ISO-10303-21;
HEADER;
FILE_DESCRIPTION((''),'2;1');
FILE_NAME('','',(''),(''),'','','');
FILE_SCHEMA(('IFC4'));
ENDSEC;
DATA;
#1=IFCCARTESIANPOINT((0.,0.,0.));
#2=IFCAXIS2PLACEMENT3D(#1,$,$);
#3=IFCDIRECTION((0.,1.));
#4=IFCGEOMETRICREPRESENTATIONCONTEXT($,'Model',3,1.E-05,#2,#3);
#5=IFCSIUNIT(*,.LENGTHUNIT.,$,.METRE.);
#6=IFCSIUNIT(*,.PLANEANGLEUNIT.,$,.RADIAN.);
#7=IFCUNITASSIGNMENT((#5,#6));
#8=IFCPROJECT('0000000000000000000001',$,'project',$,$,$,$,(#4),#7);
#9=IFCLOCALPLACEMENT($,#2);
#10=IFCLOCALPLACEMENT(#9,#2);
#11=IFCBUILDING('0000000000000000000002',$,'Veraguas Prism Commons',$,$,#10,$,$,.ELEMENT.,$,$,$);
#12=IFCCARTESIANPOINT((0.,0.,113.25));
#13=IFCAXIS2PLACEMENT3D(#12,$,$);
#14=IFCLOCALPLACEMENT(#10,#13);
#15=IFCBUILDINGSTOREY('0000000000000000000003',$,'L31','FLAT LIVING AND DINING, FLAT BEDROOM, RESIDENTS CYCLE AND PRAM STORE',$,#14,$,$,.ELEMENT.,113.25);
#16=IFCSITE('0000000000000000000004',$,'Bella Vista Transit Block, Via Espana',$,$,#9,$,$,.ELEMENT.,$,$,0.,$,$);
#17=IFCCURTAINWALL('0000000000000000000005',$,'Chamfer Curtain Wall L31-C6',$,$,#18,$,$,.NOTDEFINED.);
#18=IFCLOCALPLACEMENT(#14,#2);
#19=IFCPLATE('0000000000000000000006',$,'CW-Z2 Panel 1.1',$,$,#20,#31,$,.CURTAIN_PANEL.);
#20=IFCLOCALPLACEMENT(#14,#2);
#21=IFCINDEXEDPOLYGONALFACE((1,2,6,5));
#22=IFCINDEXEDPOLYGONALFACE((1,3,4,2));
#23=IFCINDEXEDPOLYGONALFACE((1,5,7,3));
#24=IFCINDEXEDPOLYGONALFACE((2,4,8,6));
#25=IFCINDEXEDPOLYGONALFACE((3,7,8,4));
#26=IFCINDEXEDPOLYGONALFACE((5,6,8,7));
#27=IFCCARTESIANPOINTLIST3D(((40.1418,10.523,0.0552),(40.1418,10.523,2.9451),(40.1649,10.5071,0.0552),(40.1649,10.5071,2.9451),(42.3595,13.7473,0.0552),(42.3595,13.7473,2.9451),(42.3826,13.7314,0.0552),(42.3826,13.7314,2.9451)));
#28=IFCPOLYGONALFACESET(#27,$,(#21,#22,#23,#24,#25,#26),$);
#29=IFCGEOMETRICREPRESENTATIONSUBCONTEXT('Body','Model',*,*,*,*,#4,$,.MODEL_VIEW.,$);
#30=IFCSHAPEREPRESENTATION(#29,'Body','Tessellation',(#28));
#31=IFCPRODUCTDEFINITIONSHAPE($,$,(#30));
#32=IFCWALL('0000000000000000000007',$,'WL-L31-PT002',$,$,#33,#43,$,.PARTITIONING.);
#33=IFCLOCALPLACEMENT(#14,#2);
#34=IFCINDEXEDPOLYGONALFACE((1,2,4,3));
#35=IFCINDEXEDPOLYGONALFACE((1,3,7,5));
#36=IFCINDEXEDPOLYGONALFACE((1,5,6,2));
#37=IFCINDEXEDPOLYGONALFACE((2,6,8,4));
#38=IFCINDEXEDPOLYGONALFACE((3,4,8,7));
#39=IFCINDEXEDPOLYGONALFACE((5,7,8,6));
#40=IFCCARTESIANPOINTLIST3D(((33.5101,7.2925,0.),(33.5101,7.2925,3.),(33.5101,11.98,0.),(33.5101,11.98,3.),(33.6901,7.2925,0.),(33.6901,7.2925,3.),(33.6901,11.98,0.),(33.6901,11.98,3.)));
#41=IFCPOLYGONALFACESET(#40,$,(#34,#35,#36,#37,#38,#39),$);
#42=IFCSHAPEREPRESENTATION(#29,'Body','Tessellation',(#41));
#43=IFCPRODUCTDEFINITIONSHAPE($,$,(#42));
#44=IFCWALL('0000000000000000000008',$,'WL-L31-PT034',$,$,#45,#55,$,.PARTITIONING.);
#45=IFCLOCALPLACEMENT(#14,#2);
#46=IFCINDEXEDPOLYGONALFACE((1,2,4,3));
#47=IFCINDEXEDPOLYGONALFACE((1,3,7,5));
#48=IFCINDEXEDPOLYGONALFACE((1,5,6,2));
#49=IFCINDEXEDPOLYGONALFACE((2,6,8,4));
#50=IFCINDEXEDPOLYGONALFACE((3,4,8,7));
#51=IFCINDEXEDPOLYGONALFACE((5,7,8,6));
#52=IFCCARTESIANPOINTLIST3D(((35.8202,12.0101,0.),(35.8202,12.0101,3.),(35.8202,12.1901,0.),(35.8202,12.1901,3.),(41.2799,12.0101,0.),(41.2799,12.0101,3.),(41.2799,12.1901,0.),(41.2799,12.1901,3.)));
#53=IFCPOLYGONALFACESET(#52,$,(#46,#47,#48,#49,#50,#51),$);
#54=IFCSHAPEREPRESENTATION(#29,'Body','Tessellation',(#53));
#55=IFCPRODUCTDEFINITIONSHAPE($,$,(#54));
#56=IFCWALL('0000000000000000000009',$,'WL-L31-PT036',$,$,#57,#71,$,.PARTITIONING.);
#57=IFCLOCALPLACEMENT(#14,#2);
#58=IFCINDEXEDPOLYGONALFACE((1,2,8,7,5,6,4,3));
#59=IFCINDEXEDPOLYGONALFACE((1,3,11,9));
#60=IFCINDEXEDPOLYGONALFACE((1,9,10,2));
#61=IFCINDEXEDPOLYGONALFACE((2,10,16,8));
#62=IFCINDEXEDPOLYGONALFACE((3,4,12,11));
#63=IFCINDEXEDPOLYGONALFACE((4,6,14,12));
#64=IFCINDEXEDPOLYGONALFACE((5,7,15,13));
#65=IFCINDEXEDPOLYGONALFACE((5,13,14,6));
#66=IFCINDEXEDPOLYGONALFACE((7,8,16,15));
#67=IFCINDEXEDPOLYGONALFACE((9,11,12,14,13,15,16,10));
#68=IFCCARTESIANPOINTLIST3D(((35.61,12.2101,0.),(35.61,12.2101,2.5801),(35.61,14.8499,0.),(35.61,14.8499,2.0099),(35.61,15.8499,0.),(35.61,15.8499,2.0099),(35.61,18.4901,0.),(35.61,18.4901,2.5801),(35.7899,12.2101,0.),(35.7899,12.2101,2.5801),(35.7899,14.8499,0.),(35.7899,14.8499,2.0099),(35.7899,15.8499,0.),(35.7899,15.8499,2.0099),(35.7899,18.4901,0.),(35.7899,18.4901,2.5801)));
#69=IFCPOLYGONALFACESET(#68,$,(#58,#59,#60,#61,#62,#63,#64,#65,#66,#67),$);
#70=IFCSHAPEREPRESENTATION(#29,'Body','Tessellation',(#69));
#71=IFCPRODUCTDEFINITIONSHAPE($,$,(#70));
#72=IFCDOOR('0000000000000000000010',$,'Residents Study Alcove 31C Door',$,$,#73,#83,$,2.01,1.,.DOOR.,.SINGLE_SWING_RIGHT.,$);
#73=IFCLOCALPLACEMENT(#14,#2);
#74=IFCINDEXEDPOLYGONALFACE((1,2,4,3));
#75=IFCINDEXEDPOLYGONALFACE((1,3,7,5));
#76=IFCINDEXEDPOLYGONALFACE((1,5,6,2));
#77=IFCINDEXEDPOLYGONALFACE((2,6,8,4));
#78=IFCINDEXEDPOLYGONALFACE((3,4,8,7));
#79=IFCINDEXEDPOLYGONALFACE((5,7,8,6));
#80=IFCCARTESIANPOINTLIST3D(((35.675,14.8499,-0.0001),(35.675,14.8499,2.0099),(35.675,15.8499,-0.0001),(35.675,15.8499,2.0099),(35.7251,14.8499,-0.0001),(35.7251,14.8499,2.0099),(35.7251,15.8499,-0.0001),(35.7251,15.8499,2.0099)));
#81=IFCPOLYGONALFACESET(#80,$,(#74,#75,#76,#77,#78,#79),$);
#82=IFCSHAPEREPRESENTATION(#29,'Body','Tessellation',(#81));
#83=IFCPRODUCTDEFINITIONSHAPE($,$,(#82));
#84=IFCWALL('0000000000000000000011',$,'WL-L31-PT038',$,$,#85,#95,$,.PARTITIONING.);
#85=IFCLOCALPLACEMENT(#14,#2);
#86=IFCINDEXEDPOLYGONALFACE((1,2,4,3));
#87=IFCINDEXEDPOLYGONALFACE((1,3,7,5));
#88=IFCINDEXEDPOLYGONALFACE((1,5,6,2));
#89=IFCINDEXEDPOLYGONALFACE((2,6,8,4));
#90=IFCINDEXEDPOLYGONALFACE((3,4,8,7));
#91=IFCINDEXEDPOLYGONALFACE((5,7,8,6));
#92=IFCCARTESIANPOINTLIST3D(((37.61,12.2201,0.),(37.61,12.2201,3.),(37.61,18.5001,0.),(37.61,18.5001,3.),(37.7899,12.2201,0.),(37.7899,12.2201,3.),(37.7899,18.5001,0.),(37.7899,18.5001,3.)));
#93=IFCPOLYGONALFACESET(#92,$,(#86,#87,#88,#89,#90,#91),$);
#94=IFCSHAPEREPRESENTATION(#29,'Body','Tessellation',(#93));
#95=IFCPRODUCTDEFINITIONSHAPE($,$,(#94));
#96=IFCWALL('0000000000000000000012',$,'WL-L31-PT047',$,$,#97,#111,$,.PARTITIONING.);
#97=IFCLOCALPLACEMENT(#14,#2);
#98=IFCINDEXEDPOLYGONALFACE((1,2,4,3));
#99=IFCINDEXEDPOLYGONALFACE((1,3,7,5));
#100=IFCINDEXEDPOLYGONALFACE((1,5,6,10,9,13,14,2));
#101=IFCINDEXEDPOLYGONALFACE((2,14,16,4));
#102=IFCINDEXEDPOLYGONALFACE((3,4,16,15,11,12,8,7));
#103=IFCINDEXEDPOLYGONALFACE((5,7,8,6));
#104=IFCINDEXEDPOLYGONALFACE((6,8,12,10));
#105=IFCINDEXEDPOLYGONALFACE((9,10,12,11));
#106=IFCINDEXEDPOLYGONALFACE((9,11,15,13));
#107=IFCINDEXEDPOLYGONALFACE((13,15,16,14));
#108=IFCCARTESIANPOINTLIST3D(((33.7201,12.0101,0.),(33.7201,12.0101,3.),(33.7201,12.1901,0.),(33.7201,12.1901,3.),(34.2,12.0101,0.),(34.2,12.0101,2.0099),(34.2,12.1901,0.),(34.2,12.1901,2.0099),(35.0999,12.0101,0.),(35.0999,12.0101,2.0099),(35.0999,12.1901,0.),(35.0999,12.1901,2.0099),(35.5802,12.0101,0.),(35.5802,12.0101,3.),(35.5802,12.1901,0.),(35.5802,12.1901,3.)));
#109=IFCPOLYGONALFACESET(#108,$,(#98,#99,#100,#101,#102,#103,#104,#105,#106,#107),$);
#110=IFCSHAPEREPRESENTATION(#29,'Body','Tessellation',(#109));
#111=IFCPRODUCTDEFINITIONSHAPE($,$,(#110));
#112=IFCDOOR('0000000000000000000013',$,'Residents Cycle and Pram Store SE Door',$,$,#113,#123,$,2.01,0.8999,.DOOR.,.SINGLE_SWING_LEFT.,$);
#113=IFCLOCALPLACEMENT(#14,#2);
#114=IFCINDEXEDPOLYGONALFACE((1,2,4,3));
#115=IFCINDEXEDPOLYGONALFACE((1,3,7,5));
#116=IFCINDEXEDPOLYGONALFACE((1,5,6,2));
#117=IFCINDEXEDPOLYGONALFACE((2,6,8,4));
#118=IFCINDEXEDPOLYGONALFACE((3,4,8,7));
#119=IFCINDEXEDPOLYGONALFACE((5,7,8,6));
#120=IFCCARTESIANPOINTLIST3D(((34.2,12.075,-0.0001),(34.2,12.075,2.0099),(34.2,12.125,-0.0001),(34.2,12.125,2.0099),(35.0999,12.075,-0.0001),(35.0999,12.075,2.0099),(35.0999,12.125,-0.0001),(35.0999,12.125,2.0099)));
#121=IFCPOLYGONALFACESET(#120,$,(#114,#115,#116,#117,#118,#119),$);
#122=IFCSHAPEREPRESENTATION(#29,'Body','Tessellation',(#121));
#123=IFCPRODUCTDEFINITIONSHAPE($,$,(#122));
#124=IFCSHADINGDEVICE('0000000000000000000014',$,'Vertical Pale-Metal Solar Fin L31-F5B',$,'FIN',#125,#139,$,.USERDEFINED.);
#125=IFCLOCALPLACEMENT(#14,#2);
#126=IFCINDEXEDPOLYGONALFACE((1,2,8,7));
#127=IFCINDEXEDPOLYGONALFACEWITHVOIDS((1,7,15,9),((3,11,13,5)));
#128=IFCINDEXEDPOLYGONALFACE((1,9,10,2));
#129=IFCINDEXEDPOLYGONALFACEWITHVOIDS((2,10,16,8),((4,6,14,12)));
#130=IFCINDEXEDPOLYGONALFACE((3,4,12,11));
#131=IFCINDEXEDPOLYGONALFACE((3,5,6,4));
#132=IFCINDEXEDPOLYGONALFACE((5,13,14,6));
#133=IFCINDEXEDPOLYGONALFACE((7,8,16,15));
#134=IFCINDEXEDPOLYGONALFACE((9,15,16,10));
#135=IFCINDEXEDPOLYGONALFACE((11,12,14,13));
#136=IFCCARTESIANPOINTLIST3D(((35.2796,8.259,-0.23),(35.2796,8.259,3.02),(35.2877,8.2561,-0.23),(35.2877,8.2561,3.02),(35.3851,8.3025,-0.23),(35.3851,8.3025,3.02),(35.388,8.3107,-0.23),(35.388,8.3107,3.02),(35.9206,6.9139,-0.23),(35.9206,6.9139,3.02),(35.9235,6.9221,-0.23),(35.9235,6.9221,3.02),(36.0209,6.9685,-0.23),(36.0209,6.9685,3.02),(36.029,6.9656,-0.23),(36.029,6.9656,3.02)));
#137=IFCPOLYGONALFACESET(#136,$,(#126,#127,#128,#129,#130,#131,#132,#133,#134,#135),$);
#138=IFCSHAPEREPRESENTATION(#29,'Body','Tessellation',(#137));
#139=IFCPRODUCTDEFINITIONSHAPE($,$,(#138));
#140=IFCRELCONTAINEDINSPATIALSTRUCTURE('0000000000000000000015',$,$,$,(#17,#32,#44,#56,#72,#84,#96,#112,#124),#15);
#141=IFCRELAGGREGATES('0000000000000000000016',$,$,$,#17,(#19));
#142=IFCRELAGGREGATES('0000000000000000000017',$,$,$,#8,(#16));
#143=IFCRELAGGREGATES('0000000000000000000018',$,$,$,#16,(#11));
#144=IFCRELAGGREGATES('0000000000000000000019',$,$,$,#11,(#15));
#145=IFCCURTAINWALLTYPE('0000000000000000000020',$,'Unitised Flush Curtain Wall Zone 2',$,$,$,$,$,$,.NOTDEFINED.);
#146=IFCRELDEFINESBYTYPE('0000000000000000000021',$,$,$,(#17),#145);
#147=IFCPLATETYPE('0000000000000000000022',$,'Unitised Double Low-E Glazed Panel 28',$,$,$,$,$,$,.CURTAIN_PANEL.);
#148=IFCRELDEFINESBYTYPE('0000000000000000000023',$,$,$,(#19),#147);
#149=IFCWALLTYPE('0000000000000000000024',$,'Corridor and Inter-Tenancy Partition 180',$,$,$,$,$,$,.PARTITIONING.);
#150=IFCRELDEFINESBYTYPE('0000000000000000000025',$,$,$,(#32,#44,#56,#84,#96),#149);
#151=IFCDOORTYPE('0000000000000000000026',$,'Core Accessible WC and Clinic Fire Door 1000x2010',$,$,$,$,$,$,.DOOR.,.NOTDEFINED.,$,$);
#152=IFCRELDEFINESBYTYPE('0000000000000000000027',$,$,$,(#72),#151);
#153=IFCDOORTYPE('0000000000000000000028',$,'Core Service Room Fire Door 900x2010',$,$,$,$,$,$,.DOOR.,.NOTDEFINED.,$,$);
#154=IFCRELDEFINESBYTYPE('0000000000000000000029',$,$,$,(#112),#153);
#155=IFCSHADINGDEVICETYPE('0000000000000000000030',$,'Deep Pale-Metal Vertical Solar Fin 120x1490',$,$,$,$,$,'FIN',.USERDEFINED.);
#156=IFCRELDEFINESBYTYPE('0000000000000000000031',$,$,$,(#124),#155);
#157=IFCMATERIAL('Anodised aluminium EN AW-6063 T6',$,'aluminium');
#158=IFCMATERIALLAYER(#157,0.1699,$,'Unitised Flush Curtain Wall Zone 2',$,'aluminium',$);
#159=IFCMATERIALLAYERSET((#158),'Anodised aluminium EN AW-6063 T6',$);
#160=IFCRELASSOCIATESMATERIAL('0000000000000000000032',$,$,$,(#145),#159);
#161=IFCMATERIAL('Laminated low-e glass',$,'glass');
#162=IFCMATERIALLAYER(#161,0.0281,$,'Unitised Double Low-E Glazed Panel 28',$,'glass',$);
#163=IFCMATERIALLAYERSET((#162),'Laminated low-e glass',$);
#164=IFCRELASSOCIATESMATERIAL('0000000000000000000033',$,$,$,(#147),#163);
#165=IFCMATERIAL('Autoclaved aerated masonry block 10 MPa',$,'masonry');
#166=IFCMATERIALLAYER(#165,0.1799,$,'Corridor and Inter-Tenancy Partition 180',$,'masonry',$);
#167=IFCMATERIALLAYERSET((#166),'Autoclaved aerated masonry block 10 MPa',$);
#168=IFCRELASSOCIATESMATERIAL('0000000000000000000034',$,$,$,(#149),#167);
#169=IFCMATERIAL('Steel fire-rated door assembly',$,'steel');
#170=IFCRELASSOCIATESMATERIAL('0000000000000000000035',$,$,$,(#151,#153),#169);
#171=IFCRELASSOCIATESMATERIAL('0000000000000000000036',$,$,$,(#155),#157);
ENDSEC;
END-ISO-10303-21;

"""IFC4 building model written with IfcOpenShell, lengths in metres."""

from ifc_helpers import new_model, si_unit, direction, frame, frame_2d, origin, origin_2d, place, context, subcontext, project, spatial, rectangle, hollow_rectangle, extrude, source, transform, mapped, material, layer, layer_set, material_profile, profile_set, type_object, element, fill, aggregate, save


model = new_model("IFC4")

# Units and contexts
model_context = context("Model", 3, precision=1e-05, world=origin(), true_north=direction((0.0, 1.0)))
body_context = subcontext(model_context, "Body", "Model", "MODEL_VIEW")
ifc_project = project(units=[si_unit("LENGTHUNIT", "METRE"), si_unit("PLANEANGLEUNIT", "RADIAN")], contexts=[model_context])

# Site, building, storey
site_placement = place(None, origin())
site = spatial("IfcSite", under=ifc_project, at=site_placement, Name="Bella Vista Transit Block, Via Espana", CompositionType="ELEMENT", RefElevation=0.0)
building_placement = place(site_placement, origin())
building = spatial("IfcBuilding", under=site, at=building_placement, Name="Veraguas Prism Commons", CompositionType="ELEMENT")
storey_placement = place(building_placement, frame((0.0, 0.0, 113.25)))
storey = spatial("IfcBuildingStorey", under=building, at=storey_placement, Name="L31", Description="FLAT LIVING AND DINING, FLAT BEDROOM, RESIDENTS CYCLE AND PRAM STORE", CompositionType="ELEMENT", Elevation=113.25)

# Shared definitions
ifc_material_1 = material(Name="Anodised aluminium EN AW-6063 T6", Category="aluminium")
ifc_layer_1 = layer(ifc_material_1, 0.1699, Name="Unitised Flush Curtain Wall Zone 2", Category="aluminium")
ifc_layer_set_1 = layer_set([ifc_layer_1], Name="Anodised aluminium EN AW-6063 T6")
curtain_wall_type = type_object("IfcCurtainWallType", Name="Unitised Flush Curtain Wall Zone 2", PredefinedType="NOTDEFINED", material=ifc_layer_set_1)

# Curtain wall
curtain_wall_1_placement = place(storey_placement, origin())
curtain_wall_1 = element("IfcCurtainWall", 1, at=curtain_wall_1_placement, inside=storey, type_object=curtain_wall_type, Name="Chamfer Curtain Wall L31-C6", PredefinedType="NOTDEFINED")

# Plate
ifc_material_2 = material(Name="Laminated low-e glass", Category="glass")
ifc_layer_2 = layer(ifc_material_2, 0.0281, Name="Unitised Double Low-E Glazed Panel 28", Category="glass")
ifc_layer_set_2 = layer_set([ifc_layer_2], Name="Laminated low-e glass")
plate_type = type_object("IfcPlateType", Name="Unitised Double Low-E Glazed Panel 28", PredefinedType="CURTAIN_PANEL", material=ifc_layer_set_2)
shared_shape_1 = source(origin(), body_context, "Body", "SweptSolid", [
    extrude(rectangle(XDim=3.9133, YDim=0.0281, at=origin_2d()), origin(), (0.0, 0.0, 1.0), 2.8899),
])
plate_1_placement = place(storey_placement, frame((41.2622, 12.1272, 0.0552), z_axis=(0.0, 0.0, 1.0), x_axis=(0.566692, 0.823929, 0.0)))
plate_1 = element("IfcPlate", 2, at=plate_1_placement, type_object=plate_type, Name="CW-Z2 Panel 1.1", PredefinedType="CURTAIN_PANEL", context=body_context, shape_type="MappedRepresentation", body=[
    mapped(shared_shape_1, transform((0.0, 0.0, 0.0), scale=1.0)),
])
aggregate(curtain_wall_1, [plate_1])

# Walls
ifc_material_3 = material(Name="Autoclaved aerated masonry block 10 MPa", Category="masonry")
ifc_layer_3 = layer(ifc_material_3, 0.1799, Name="Corridor and Inter-Tenancy Partition 180", Category="masonry")
ifc_layer_set_3 = layer_set([ifc_layer_3], Name="Autoclaved aerated masonry block 10 MPa")
wall_type = type_object("IfcWallType", Name="Corridor and Inter-Tenancy Partition 180", PredefinedType="PARTITIONING", material=ifc_layer_set_3)
wall_1_placement = place(storey_placement, frame((33.6001, 11.98, 0.0), z_axis=(0.0, 0.0, 1.0), x_axis=(0.0, -1.0, 0.0)))
element("IfcWall", 3, at=wall_1_placement, inside=storey, type_object=wall_type, Name="WL-L31-PT002", PredefinedType="PARTITIONING", context=body_context, shape_type="SweptSolid", body=[
    extrude(rectangle(XDim=4.6875, YDim=0.1799, at=frame_2d((2.3438, 0.0))), origin(), (0.0, 0.0, 1.0), 3.0),
])
wall_2_placement = place(storey_placement, frame((35.8201, 12.1001, 0.0), z_axis=(0.0, 0.0, 1.0), x_axis=(1.0, 0.0, 0.0)))
element("IfcWall", 4, at=wall_2_placement, inside=storey, type_object=wall_type, Name="WL-L31-PT034", PredefinedType="PARTITIONING", context=body_context, shape_type="SweptSolid", body=[
    extrude(rectangle(XDim=5.4597, YDim=0.1799, at=frame_2d((2.73, 0.0))), origin(), (0.0, 0.0, 1.0), 3.0),
])

# Wall, opening, door
wall_3_placement = place(storey_placement, frame((35.7, 12.21, 0.0), z_axis=(0.0, 0.0, 1.0), x_axis=(0.0, 1.0, 0.0)))
wall_3 = element("IfcWall", 5, at=wall_3_placement, inside=storey, type_object=wall_type, Name="WL-L31-PT036", PredefinedType="PARTITIONING", context=body_context, shape_type="SweptSolid", body=[
    extrude(rectangle(XDim=6.28, YDim=0.1799, at=frame_2d((3.1401, 0.0))), origin(), (0.0, 0.0, 1.0), 2.5801),
])
opening_1_placement = place(wall_3_placement, frame((2.6399, 0.0, 0.0)))
opening_1 = element("IfcOpeningElement", 6, at=opening_1_placement, cuts=wall_3, PredefinedType="OPENING", context=body_context, shape_type="SweptSolid", body=[
    extrude(rectangle(XDim=1.0, YDim=2.01, at=frame_2d((0.5, 1.0049))), frame((0.0, 0.0999, 0.0), z_axis=(0.0, -1.0, 0.0), x_axis=(1.0, 0.0, 0.0)), (0.0, 0.0, 1.0), 0.2),
])
ifc_material_4 = material(Name="Steel fire-rated door assembly", Category="steel")
door_type_1 = type_object("IfcDoorType", Name="Core Accessible WC and Clinic Fire Door 1000x2010", OperationType="NOTDEFINED", PredefinedType="DOOR", material=ifc_material_4)
shared_shape_2 = source(origin(), body_context, "Body", "SweptSolid", [
    extrude(rectangle(XDim=1.0, YDim=2.01, at=frame_2d((0.5, 1.0049))), frame((0.0, 0.0249, 0.0), z_axis=(0.0, -1.0, 0.0), x_axis=(1.0, 0.0, 0.0)), (0.0, 0.0, 1.0), 0.05),
])
door_1_placement = place(opening_1_placement, origin())
door_1 = element("IfcDoor", 7, at=door_1_placement, inside=storey, type_object=door_type_1, Name="Residents Study Alcove 31C Door", OperationType="SINGLE_SWING_RIGHT", OverallHeight=2.01, OverallWidth=1.0, PredefinedType="DOOR", context=body_context, shape_type="MappedRepresentation", body=[
    mapped(shared_shape_2, transform((0.0, 0.0, 0.0), scale=1.0)),
])
fill(opening_1, door_1)

# Wall
wall_4_placement = place(storey_placement, frame((37.7, 12.22, 0.0), z_axis=(0.0, 0.0, 1.0), x_axis=(0.0, 1.0, 0.0)))
element("IfcWall", 8, at=wall_4_placement, inside=storey, type_object=wall_type, Name="WL-L31-PT038", PredefinedType="PARTITIONING", context=body_context, shape_type="SweptSolid", body=[
    extrude(rectangle(XDim=6.28, YDim=0.1799, at=frame_2d((3.1401, 0.0))), origin(), (0.0, 0.0, 1.0), 3.0),
])

# Wall, opening, door
wall_5_placement = place(storey_placement, frame((33.72, 12.1001, 0.0), z_axis=(0.0, 0.0, 1.0), x_axis=(1.0, 0.0, 0.0)))
wall_5 = element("IfcWall", 9, at=wall_5_placement, inside=storey, type_object=wall_type, Name="WL-L31-PT047", PredefinedType="PARTITIONING", context=body_context, shape_type="SweptSolid", body=[
    extrude(rectangle(XDim=1.8601, YDim=0.1799, at=frame_2d((0.9302, 0.0))), origin(), (0.0, 0.0, 1.0), 3.0),
])
opening_2_placement = place(wall_5_placement, frame((0.48, 0.0, 0.0)))
opening_2 = element("IfcOpeningElement", 10, at=opening_2_placement, cuts=wall_5, PredefinedType="OPENING", context=body_context, shape_type="SweptSolid", body=[
    extrude(rectangle(XDim=0.8999, YDim=2.01, at=frame_2d((0.45, 1.0049))), frame((0.0, 0.0999, 0.0), z_axis=(0.0, -1.0, 0.0), x_axis=(1.0, 0.0, 0.0)), (0.0, 0.0, 1.0), 0.2),
])
door_type_2 = type_object("IfcDoorType", Name="Core Service Room Fire Door 900x2010", OperationType="NOTDEFINED", PredefinedType="DOOR", material=ifc_material_4)
shared_shape_3 = source(origin(), body_context, "Body", "SweptSolid", [
    extrude(rectangle(XDim=0.8999, YDim=2.01, at=frame_2d((0.45, 1.0049))), frame((0.0, 0.0249, 0.0), z_axis=(0.0, -1.0, 0.0), x_axis=(1.0, 0.0, 0.0)), (0.0, 0.0, 1.0), 0.05),
])
door_2_placement = place(opening_2_placement, origin())
door_2 = element("IfcDoor", 11, at=door_2_placement, inside=storey, type_object=door_type_2, Name="Residents Cycle and Pram Store SE Door", OperationType="SINGLE_SWING_LEFT", OverallHeight=2.01, OverallWidth=0.8999, PredefinedType="DOOR", context=body_context, shape_type="MappedRepresentation", body=[
    mapped(shared_shape_3, transform((0.0, 0.0, 0.0), scale=1.0)),
])
fill(opening_2, door_2)

# Shading device
ifc_material_profile_1 = material_profile(ifc_material_1, hollow_rectangle(XDim=0.1201, YDim=1.49, WallThickness=0.0061, at=origin_2d()), Name="FIN120X1490X6")
ifc_profile_set_1 = profile_set([ifc_material_profile_1], Name="Anodised aluminium EN AW-6063 T6")
shading_device_type = type_object("IfcShadingDeviceType", Name="Deep Pale-Metal Vertical Solar Fin 120x1490", ElementType="FIN", PredefinedType="USERDEFINED", material=ifc_profile_set_1)
shading_device_placement = place(storey_placement, frame((35.6543, 7.6123, -0.23), z_axis=(0.0, 0.0, 1.0), x_axis=(0.902735, 0.430198, 0.0)))
element("IfcShadingDevice", 12, at=shading_device_placement, inside=storey, type_object=shading_device_type, Name="Vertical Pale-Metal Solar Fin L31-F5B", ObjectType="FIN", PredefinedType="USERDEFINED", context=body_context, shape_type="SweptSolid", body=[
    extrude(hollow_rectangle(XDim=0.1201, YDim=1.49, WallThickness=0.0061, at=origin_2d()), origin(), (0.0, 0.0, 1.0), 3.25),
])

save(model, "model.ifc")
